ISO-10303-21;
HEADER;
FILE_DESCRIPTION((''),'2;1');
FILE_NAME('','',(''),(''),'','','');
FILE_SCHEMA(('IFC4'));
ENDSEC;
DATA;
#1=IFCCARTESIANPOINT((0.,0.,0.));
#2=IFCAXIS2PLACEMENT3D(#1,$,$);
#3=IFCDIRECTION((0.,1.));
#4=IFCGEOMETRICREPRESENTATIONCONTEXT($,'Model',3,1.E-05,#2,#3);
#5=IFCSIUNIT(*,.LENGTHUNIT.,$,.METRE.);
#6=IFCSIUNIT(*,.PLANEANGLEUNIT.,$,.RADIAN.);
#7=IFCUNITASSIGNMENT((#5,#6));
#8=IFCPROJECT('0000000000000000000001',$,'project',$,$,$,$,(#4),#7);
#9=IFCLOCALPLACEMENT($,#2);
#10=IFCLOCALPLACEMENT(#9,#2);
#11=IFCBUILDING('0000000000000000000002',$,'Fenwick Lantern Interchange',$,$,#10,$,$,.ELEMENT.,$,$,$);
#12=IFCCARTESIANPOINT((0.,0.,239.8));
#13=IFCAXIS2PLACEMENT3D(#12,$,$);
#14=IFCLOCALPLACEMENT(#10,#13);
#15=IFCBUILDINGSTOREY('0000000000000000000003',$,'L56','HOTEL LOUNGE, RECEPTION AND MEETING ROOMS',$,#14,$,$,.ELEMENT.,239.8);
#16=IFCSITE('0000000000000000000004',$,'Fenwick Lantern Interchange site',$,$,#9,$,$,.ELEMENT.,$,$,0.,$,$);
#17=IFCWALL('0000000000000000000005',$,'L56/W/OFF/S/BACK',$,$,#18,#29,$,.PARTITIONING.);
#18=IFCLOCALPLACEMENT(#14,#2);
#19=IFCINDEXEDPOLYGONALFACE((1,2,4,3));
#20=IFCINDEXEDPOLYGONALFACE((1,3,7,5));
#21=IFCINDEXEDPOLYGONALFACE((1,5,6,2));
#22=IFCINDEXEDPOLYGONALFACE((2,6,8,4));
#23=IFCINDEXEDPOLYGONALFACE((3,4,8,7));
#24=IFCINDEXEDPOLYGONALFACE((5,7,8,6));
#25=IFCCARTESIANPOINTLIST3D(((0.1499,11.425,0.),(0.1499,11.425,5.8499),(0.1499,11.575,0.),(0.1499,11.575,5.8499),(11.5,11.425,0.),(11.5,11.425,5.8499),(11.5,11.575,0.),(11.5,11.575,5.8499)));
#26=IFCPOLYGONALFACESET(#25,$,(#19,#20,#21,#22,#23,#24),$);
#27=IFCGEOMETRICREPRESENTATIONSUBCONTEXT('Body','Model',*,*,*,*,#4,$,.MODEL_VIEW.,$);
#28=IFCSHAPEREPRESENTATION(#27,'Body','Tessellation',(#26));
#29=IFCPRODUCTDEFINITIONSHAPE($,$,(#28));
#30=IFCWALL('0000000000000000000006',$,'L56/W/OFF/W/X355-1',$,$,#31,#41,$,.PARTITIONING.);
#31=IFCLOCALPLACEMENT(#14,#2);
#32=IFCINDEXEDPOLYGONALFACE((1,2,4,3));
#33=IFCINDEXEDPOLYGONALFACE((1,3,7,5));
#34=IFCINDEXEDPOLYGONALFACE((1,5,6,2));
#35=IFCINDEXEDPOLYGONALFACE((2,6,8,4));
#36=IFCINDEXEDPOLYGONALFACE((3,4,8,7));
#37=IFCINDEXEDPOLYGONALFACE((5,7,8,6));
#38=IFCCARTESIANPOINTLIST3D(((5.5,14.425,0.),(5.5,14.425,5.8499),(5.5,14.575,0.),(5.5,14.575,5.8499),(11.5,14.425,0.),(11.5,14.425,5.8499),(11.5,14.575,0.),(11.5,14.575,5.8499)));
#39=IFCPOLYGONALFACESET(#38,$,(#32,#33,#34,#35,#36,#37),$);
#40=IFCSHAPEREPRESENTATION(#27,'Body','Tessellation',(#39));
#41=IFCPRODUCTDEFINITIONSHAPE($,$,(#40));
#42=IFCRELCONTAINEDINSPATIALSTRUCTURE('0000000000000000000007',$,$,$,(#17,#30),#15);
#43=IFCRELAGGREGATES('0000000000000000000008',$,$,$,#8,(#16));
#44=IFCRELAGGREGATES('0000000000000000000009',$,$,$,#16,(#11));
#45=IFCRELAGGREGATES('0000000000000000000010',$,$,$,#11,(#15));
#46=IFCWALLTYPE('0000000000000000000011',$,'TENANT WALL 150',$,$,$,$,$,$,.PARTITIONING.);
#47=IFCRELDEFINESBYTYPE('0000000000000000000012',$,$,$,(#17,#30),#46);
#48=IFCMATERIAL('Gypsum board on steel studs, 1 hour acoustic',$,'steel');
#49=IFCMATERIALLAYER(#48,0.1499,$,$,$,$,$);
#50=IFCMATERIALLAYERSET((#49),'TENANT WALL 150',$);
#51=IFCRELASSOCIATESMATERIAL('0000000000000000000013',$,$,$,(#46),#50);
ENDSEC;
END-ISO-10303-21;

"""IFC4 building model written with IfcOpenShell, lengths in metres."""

from ifc_helpers import new_model, si_unit, direction, frame, frame_2d, origin, place, context, subcontext, project, spatial, rectangle, extrude, material, layer, layer_set, type_object, element, save


model = new_model("IFC4")

# Units and contexts
model_context = context("Model", 3, precision=1e-05, world=origin(), true_north=direction((0.0, 1.0)))
body_context = subcontext(model_context, "Body", "Model", "MODEL_VIEW")
ifc_project = project(units=[si_unit("LENGTHUNIT", "METRE"), si_unit("PLANEANGLEUNIT", "RADIAN")], contexts=[model_context])

# Site, building, storey
site_placement = place(None, origin())
site = spatial("IfcSite", under=ifc_project, at=site_placement, Name="Fenwick Lantern Interchange site", CompositionType="ELEMENT", RefElevation=0.0)
building_placement = place(site_placement, origin())
building = spatial("IfcBuilding", under=site, at=building_placement, Name="Fenwick Lantern Interchange", CompositionType="ELEMENT")
storey_placement = place(building_placement, frame((0.0, 0.0, 239.8)))
storey = spatial("IfcBuildingStorey", under=building, at=storey_placement, Name="L56", Description="HOTEL LOUNGE, RECEPTION AND MEETING ROOMS", CompositionType="ELEMENT", Elevation=239.8)

# Walls
ifc_material_1 = material(Name="Gypsum board on steel studs, 1 hour acoustic", Category="steel")
ifc_layer_1 = layer(ifc_material_1, 0.1499)
ifc_layer_set_1 = layer_set([ifc_layer_1], Name="TENANT WALL 150")
wall_type_1 = type_object("IfcWallType", Name="TENANT WALL 150", PredefinedType="PARTITIONING", material=ifc_layer_set_1)
wall_1_placement = place(storey_placement, frame((0.1499, 11.5, 0.0), z_axis=(0.0, 0.0, 1.0), x_axis=(1.0, 0.0, 0.0)))
element("IfcWall", 1, at=wall_1_placement, inside=storey, type_object=wall_type_1, Name="L56/W/OFF/S/BACK", PredefinedType="PARTITIONING", context=body_context, shape_type="SweptSolid", body=[
    extrude(rectangle(XDim=11.3501, YDim=0.1499, at=frame_2d((5.675, 0.0))), origin(), (0.0, 0.0, 1.0), 5.8499),
])
wall_2_placement = place(storey_placement, frame((5.5, 14.5, 0.0), z_axis=(0.0, 0.0, 1.0), x_axis=(1.0, 0.0, 0.0)))
element("IfcWall", 2, at=wall_2_placement, inside=storey, type_object=wall_type_1, Name="L56/W/OFF/W/X355-1", PredefinedType="PARTITIONING", context=body_context, shape_type="SweptSolid", body=[
    extrude(rectangle(XDim=6.0, YDim=0.1499, at=frame_2d((3.0, 0.0))), origin(), (0.0, 0.0, 1.0), 5.8499),
])

save(model, "model.ifc")
